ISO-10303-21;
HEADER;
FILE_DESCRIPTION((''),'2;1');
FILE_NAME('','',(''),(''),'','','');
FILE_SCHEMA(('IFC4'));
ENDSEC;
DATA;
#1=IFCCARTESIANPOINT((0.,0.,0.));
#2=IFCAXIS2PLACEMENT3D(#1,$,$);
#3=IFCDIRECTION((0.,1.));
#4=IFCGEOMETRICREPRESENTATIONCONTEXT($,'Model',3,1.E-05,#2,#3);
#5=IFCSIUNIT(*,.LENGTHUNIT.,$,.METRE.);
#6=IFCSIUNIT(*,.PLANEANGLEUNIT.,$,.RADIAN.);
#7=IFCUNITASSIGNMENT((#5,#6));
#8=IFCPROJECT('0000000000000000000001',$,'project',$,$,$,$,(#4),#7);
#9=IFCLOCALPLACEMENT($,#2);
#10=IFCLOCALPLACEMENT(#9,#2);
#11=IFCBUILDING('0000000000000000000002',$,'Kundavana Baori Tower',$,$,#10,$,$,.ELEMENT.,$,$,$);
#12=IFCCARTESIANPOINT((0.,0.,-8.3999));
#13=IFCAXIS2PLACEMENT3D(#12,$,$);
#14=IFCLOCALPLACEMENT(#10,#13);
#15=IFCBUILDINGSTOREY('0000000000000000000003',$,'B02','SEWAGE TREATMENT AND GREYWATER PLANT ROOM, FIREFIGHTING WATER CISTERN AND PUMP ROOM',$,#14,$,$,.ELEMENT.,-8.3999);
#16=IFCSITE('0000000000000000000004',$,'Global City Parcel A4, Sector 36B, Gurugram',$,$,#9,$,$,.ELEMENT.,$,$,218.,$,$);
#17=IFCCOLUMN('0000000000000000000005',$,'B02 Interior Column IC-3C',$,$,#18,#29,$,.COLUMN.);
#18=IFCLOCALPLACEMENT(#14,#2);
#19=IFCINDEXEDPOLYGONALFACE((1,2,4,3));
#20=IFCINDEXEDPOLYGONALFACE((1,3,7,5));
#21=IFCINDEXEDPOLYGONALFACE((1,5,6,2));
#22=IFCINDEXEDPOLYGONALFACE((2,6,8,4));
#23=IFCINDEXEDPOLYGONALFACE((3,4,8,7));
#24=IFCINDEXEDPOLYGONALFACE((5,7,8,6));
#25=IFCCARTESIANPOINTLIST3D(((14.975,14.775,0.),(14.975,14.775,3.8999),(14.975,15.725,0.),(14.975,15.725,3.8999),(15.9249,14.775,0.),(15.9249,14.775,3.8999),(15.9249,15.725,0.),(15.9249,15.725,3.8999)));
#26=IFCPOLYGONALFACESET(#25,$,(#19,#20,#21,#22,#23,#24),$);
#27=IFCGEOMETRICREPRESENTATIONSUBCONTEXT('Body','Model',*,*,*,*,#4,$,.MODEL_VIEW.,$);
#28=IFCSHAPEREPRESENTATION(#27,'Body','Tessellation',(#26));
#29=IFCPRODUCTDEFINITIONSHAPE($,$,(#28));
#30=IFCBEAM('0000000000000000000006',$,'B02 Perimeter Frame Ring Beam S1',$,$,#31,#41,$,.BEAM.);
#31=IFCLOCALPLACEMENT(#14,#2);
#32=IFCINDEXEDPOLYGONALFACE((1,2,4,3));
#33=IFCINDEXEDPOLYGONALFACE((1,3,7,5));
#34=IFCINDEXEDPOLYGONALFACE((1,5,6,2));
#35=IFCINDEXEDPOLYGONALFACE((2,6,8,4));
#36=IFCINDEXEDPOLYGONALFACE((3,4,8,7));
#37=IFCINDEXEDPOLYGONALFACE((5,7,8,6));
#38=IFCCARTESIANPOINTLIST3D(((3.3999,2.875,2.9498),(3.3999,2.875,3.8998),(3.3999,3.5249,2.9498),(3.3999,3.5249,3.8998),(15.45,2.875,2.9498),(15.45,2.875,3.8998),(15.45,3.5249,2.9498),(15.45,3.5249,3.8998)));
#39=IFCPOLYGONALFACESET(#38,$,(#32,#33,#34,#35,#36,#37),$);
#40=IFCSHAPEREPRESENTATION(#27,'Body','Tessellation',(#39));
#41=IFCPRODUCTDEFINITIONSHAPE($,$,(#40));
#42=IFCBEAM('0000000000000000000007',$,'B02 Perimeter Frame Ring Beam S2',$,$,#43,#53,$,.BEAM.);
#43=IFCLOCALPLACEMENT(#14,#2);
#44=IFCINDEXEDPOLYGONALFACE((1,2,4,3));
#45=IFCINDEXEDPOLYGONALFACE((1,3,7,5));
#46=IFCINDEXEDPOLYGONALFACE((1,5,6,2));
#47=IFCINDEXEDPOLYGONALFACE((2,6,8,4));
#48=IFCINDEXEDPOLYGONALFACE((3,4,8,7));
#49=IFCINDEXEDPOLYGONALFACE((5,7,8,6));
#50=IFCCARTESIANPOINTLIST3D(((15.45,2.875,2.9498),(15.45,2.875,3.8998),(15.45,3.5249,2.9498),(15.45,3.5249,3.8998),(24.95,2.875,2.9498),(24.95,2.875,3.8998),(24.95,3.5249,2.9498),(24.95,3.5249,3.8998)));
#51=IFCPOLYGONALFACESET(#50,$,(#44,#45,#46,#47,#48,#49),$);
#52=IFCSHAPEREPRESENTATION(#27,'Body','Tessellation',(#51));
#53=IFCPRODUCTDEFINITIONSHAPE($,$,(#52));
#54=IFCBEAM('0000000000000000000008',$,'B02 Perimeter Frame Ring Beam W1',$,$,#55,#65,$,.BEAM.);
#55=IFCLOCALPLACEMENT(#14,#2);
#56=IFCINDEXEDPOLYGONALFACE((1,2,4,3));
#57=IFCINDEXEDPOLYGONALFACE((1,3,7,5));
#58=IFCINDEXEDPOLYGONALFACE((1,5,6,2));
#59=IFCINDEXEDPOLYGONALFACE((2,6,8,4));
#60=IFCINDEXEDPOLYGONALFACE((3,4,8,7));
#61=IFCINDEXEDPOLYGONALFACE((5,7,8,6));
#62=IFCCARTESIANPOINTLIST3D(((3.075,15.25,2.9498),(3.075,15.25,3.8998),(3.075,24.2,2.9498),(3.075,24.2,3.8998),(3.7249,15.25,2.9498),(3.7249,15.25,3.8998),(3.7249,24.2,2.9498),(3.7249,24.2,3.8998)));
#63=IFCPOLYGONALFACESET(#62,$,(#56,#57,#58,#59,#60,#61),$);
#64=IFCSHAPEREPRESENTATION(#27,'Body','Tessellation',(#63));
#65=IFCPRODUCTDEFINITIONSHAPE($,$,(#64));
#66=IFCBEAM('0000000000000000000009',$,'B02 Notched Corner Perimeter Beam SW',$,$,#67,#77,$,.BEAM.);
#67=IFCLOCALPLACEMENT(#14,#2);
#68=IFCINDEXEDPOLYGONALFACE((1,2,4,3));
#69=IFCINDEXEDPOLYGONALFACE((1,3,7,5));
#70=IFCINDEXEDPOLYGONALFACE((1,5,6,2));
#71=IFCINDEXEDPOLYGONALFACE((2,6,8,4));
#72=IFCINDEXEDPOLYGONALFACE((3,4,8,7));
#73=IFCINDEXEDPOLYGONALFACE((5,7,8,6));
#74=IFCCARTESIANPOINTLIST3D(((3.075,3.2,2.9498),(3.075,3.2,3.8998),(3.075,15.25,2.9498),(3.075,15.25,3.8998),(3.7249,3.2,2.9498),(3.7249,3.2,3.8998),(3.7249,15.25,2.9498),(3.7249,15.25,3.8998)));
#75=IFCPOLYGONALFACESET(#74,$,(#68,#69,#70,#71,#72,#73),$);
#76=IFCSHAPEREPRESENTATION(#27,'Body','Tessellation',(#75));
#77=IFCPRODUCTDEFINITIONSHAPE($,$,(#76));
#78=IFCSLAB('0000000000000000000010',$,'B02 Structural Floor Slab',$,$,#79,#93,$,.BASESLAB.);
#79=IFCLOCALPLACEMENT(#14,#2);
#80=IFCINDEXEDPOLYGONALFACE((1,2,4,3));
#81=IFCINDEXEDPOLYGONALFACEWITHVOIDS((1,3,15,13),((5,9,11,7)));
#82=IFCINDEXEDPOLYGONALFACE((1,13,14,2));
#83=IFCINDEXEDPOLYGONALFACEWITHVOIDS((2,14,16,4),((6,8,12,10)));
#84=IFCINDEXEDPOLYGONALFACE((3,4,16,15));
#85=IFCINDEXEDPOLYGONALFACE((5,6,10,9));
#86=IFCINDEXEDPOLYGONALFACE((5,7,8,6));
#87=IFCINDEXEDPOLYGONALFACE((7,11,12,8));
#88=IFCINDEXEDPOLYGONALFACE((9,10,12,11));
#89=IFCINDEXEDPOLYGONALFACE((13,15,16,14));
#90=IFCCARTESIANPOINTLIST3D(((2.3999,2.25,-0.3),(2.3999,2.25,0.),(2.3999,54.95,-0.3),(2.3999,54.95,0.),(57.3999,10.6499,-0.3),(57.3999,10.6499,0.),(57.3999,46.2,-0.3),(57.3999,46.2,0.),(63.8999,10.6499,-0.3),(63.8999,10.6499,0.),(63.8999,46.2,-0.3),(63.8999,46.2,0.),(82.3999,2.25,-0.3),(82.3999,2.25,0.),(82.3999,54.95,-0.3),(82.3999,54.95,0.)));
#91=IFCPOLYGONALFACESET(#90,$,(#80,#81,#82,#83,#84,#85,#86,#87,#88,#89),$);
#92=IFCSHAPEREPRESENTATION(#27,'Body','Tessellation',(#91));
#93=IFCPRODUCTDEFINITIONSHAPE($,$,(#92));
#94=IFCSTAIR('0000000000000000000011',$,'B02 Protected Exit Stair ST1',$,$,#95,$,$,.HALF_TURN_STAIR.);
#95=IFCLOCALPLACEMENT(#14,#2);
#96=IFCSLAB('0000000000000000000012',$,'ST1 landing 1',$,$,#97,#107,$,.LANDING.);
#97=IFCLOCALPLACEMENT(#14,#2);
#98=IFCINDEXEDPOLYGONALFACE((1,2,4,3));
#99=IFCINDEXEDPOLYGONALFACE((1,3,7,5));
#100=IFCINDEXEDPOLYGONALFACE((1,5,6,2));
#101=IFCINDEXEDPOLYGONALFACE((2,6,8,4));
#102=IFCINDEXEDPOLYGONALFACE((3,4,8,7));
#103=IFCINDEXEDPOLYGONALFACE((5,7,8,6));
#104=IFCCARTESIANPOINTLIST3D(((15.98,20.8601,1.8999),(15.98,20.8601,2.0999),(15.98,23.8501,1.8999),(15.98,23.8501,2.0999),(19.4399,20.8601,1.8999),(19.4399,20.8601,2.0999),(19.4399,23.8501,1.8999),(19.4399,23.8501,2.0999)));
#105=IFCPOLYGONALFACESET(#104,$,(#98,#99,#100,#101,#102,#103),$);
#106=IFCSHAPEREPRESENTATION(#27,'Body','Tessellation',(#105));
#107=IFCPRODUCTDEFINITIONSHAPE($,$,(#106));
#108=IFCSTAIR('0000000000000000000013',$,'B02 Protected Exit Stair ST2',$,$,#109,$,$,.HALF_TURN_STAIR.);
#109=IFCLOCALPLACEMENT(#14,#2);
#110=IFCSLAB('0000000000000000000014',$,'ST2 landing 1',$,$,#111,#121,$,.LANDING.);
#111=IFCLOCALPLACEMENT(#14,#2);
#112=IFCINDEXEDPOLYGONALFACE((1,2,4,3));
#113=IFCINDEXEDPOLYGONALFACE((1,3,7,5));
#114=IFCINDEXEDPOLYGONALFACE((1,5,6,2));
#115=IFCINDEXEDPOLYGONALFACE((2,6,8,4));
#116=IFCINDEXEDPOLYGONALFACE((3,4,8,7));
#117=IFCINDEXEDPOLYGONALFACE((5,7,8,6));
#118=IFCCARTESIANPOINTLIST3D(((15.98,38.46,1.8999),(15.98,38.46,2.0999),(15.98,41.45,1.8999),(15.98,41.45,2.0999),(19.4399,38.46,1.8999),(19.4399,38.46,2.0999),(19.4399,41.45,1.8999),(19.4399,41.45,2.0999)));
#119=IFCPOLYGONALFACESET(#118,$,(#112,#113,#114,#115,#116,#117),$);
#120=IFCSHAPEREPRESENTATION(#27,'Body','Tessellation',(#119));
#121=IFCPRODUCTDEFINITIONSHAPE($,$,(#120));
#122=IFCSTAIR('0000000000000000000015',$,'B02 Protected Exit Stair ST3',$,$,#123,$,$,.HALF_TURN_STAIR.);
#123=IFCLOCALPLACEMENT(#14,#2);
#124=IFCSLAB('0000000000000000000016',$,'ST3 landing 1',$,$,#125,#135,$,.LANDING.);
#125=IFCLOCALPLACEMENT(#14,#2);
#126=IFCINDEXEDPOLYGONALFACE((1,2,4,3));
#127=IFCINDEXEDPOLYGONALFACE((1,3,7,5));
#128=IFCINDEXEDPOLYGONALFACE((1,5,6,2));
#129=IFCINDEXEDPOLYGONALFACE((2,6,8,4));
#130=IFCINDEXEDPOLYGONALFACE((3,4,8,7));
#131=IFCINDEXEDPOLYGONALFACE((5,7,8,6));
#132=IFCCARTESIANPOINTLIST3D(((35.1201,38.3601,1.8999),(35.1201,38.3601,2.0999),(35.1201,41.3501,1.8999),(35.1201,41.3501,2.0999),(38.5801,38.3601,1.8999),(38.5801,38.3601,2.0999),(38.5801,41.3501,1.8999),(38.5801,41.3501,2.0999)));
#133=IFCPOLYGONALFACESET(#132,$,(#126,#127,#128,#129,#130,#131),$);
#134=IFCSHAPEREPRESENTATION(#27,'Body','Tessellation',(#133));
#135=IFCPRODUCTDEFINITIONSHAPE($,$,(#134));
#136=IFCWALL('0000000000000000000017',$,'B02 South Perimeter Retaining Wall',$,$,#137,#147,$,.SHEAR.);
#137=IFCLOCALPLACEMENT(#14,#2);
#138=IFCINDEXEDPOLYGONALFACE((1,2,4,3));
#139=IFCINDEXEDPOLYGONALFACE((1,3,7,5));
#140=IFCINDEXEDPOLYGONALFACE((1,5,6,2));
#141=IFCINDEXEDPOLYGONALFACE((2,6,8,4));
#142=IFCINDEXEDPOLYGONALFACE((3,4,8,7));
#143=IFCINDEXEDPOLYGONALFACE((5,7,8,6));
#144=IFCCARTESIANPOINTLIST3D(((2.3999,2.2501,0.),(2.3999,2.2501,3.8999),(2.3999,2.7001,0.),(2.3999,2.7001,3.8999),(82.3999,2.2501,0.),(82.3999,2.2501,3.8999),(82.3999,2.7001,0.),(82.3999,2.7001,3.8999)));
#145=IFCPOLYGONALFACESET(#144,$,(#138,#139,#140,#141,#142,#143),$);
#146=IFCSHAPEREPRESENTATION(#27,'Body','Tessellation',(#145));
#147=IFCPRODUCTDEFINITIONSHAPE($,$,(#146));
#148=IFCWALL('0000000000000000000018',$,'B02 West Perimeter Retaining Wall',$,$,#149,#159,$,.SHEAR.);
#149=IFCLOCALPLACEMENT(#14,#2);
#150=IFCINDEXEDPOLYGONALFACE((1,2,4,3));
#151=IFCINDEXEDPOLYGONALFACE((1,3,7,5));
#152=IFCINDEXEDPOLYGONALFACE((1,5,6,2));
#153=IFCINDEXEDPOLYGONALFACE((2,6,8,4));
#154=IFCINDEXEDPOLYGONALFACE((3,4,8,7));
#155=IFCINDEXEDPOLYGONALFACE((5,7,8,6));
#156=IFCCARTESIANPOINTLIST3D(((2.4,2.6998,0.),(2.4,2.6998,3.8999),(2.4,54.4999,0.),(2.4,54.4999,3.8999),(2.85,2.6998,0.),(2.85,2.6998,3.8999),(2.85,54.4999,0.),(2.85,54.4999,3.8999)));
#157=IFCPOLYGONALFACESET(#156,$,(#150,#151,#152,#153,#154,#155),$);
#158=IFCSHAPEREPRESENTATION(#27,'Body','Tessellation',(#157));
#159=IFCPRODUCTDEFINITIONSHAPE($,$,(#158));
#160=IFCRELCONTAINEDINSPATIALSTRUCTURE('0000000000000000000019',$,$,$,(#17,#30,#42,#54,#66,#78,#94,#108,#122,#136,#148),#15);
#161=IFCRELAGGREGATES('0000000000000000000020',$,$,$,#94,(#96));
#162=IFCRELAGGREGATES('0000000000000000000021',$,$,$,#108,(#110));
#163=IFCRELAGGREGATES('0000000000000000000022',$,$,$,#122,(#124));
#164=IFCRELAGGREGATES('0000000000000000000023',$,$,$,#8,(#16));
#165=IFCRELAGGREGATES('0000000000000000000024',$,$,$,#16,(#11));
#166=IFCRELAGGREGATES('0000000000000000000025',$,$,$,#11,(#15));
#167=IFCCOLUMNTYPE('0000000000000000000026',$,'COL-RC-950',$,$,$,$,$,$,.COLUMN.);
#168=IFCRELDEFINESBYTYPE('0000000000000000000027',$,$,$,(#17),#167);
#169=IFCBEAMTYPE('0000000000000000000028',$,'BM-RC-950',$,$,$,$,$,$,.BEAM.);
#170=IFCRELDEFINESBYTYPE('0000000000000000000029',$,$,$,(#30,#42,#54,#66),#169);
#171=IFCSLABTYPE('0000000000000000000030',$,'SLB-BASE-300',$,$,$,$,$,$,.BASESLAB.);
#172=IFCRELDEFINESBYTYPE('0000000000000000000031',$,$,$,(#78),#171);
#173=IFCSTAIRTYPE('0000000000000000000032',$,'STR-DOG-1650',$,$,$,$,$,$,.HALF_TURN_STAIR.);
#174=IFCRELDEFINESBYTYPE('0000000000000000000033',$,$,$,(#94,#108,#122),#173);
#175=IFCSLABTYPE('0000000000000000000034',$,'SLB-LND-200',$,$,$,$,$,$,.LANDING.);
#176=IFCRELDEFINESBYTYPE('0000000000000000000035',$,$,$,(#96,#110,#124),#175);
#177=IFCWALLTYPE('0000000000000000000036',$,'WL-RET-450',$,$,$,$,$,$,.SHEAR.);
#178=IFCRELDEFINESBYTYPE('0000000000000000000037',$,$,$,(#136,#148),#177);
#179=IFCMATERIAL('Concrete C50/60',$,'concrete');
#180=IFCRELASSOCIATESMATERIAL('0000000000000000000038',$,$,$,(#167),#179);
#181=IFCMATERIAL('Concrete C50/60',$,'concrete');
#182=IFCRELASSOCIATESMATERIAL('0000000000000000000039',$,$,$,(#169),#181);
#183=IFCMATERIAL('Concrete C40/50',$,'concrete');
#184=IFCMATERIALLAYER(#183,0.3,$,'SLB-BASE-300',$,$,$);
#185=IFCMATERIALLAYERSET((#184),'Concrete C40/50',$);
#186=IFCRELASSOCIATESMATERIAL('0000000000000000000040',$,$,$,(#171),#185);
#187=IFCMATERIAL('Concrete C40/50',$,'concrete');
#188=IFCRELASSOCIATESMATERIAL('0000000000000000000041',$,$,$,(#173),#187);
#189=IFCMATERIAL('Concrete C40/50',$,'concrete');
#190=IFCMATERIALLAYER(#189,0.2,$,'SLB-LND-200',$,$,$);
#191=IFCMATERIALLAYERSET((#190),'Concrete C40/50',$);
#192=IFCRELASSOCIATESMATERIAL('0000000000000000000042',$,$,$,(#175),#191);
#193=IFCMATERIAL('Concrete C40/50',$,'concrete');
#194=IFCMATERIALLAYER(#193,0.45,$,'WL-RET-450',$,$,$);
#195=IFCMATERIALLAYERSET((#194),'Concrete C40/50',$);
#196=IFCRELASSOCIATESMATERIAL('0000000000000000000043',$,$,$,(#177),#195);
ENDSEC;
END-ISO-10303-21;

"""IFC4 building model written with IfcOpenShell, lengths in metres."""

from ifc_helpers import new_model, si_unit, direction, frame, frame_2d, origin, origin_2d, place, context, subcontext, project, spatial, polyline, rectangle, outline, extrude, material, layer, layer_set, material_profile, profile_set, type_object, element, aggregate, save


model = new_model("IFC4")

# Units and contexts
model_context = context("Model", 3, precision=1e-05, world=origin(), true_north=direction((0.0, 1.0)))
body_context = subcontext(model_context, "Body", "Model", "MODEL_VIEW")
ifc_project = project(units=[si_unit("LENGTHUNIT", "METRE"), si_unit("PLANEANGLEUNIT", "RADIAN")], contexts=[model_context])

# Site, building, storey
site_placement = place(None, origin())
site = spatial("IfcSite", under=ifc_project, at=site_placement, Name="Global City Parcel A4, Sector 36B, Gurugram", CompositionType="ELEMENT", RefElevation=218.0)
building_placement = place(site_placement, origin())
building = spatial("IfcBuilding", under=site, at=building_placement, Name="Kundavana Baori Tower", CompositionType="ELEMENT")
storey_placement = place(building_placement, frame((0.0, 0.0, -8.3999)))
storey = spatial("IfcBuildingStorey", under=building, at=storey_placement, Name="B02", Description="SEWAGE TREATMENT AND GREYWATER PLANT ROOM, FIREFIGHTING WATER CISTERN AND PUMP ROOM", CompositionType="ELEMENT", Elevation=-8.3999)

# Column
ifc_material_1 = material(Name="Concrete C50/60", Category="concrete")
ifc_material_profile_1 = material_profile(ifc_material_1, rectangle(XDim=0.95, YDim=0.95, at=origin_2d()), Name="RC 950x950")
ifc_profile_set_1 = profile_set([ifc_material_profile_1], Name="Concrete C50/60")
column_type_1 = type_object("IfcColumnType", Name="COL-RC-950", PredefinedType="COLUMN", material=ifc_profile_set_1)
column_placement = place(storey_placement, frame((15.45, 15.25, 0.0), z_axis=(0.0, 0.0, 1.0), x_axis=(1.0, 0.0, 0.0)))
element("IfcColumn", 1, at=column_placement, inside=storey, type_object=column_type_1, Name="B02 Interior Column IC-3C", PredefinedType="COLUMN", context=body_context, shape_type="SweptSolid", body=[
    extrude(rectangle(XDim=0.95, YDim=0.95, at=origin_2d()), origin(), (0.0, 0.0, 1.0), 3.8999),
])

# Beams
ifc_material_2 = material(Name="Concrete C50/60", Category="concrete")
ifc_material_profile_2 = material_profile(ifc_material_2, rectangle(XDim=0.6499, YDim=0.95, at=origin_2d()), Name="RC BM 650x950")
ifc_profile_set_2 = profile_set([ifc_material_profile_2], Name="Concrete C50/60")
beam_type = type_object("IfcBeamType", Name="BM-RC-950", PredefinedType="BEAM", material=ifc_profile_set_2)
beam_1_placement = place(storey_placement, frame((3.3999, 3.2, 3.4248), z_axis=(1.0, 0.0, 0.0), x_axis=(0.0, 1.0, 0.0)))
element("IfcBeam", 2, at=beam_1_placement, inside=storey, type_object=beam_type, Name="B02 Perimeter Frame Ring Beam S1", PredefinedType="BEAM", context=body_context, shape_type="SweptSolid", body=[
    extrude(rectangle(XDim=0.6499, YDim=0.95, at=origin_2d()), origin(), (0.0, 0.0, 1.0), 12.05),
])
beam_2_placement = place(storey_placement, frame((15.45, 3.2, 3.4248), z_axis=(1.0, 0.0, 0.0), x_axis=(0.0, 1.0, 0.0)))
element("IfcBeam", 3, at=beam_2_placement, inside=storey, type_object=beam_type, Name="B02 Perimeter Frame Ring Beam S2", PredefinedType="BEAM", context=body_context, shape_type="SweptSolid", body=[
    extrude(rectangle(XDim=0.6499, YDim=0.95, at=origin_2d()), origin(), (0.0, 0.0, 1.0), 9.5),
])
beam_3_placement = place(storey_placement, frame((3.3999, 15.25, 3.4248), z_axis=(0.0, 1.0, 0.0), x_axis=(-1.0, 0.0, 0.0)))
element("IfcBeam", 4, at=beam_3_placement, inside=storey, type_object=beam_type, Name="B02 Perimeter Frame Ring Beam W1", PredefinedType="BEAM", context=body_context, shape_type="SweptSolid", body=[
    extrude(rectangle(XDim=0.6499, YDim=0.95, at=origin_2d()), origin(), (0.0, 0.0, 1.0), 8.95),
])
beam_4_placement = place(storey_placement, frame((3.3999, 3.2, 3.4248), z_axis=(0.0, 1.0, 0.0), x_axis=(-1.0, 0.0, 0.0)))
element("IfcBeam", 5, at=beam_4_placement, inside=storey, type_object=beam_type, Name="B02 Notched Corner Perimeter Beam SW", PredefinedType="BEAM", context=body_context, shape_type="SweptSolid", body=[
    extrude(rectangle(XDim=0.6499, YDim=0.95, at=origin_2d()), origin(), (0.0, 0.0, 1.0), 12.05),
])

# Slab
ifc_material_3 = material(Name="Concrete C40/50", Category="concrete")
ifc_layer_1 = layer(ifc_material_3, 0.3, Name="SLB-BASE-300")
ifc_layer_set_1 = layer_set([ifc_layer_1], Name="Concrete C40/50")
slab_type_1 = type_object("IfcSlabType", Name="SLB-BASE-300", PredefinedType="BASESLAB", material=ifc_layer_set_1)
slab_1_placement = place(storey_placement, frame((0.0, 0.0, -0.3)))
element("IfcSlab", 6, at=slab_1_placement, inside=storey, type_object=slab_type_1, Name="B02 Structural Floor Slab", PredefinedType="BASESLAB", context=body_context, shape_type="SweptSolid", body=[
    extrude(outline(polyline([(2.3999, 2.25), (82.3999, 2.25), (82.3999, 54.95), (2.3999, 54.95), (2.3999, 2.25)]), holes=[polyline([(57.3999, 10.6499), (63.8999, 10.6499), (63.8999, 46.2), (57.3999, 46.2), (57.3999, 10.6499)])]), origin(), (0.0, 0.0, 1.0), 0.3),
])

# Stairs, slabs
ifc_material_4 = material(Name="Concrete C40/50", Category="concrete")
stair_type = type_object("IfcStairType", Name="STR-DOG-1650", PredefinedType="HALF_TURN_STAIR", material=ifc_material_4)
stair_1_placement = place(storey_placement, origin())
stair_1 = element("IfcStair", 7, at=stair_1_placement, inside=storey, type_object=stair_type, Name="B02 Protected Exit Stair ST1", PredefinedType="HALF_TURN_STAIR")
ifc_material_5 = material(Name="Concrete C40/50", Category="concrete")
ifc_layer_2 = layer(ifc_material_5, 0.2, Name="SLB-LND-200")
ifc_layer_set_2 = layer_set([ifc_layer_2], Name="Concrete C40/50")
slab_type_2 = type_object("IfcSlabType", Name="SLB-LND-200", PredefinedType="LANDING", material=ifc_layer_set_2)
slab_2_placement = place(storey_placement, frame((0.0, 0.0, 1.8999)))
slab_2 = element("IfcSlab", 8, at=slab_2_placement, type_object=slab_type_2, Name="ST1 landing 1", PredefinedType="LANDING", context=body_context, shape_type="SweptSolid", body=[
    extrude(outline(polyline([(19.4399, 20.8601), (19.4399, 23.8501), (15.98, 23.8501), (15.98, 20.8601), (19.4399, 20.8601)])), origin(), (0.0, 0.0, 1.0), 0.2),
])
aggregate(stair_1, [slab_2])
stair_2_placement = place(storey_placement, origin())
stair_2 = element("IfcStair", 9, at=stair_2_placement, inside=storey, type_object=stair_type, Name="B02 Protected Exit Stair ST2", PredefinedType="HALF_TURN_STAIR")
slab_3_placement = place(storey_placement, frame((0.0, 0.0, 1.8999)))
slab_3 = element("IfcSlab", 10, at=slab_3_placement, type_object=slab_type_2, Name="ST2 landing 1", PredefinedType="LANDING", context=body_context, shape_type="SweptSolid", body=[
    extrude(outline(polyline([(19.4399, 38.46), (19.4399, 41.45), (15.98, 41.45), (15.98, 38.46), (19.4399, 38.46)])), origin(), (0.0, 0.0, 1.0), 0.2),
])
aggregate(stair_2, [slab_3])
stair_3_placement = place(storey_placement, origin())
stair_3 = element("IfcStair", 11, at=stair_3_placement, inside=storey, type_object=stair_type, Name="B02 Protected Exit Stair ST3", PredefinedType="HALF_TURN_STAIR")
slab_4_placement = place(storey_placement, frame((0.0, 0.0, 1.8999)))
slab_4 = element("IfcSlab", 12, at=slab_4_placement, type_object=slab_type_2, Name="ST3 landing 1", PredefinedType="LANDING", context=body_context, shape_type="SweptSolid", body=[
    extrude(outline(polyline([(38.5801, 38.3601), (38.5801, 41.3501), (35.1201, 41.3501), (35.1201, 38.3601), (38.5801, 38.3601)])), origin(), (0.0, 0.0, 1.0), 0.2),
])
aggregate(stair_3, [slab_4])

# Walls
ifc_material_6 = material(Name="Concrete C40/50", Category="concrete")
ifc_layer_3 = layer(ifc_material_6, 0.45, Name="WL-RET-450")
ifc_layer_set_3 = layer_set([ifc_layer_3], Name="Concrete C40/50")
wall_type = type_object("IfcWallType", Name="WL-RET-450", PredefinedType="SHEAR", material=ifc_layer_set_3)
wall_1_placement = place(storey_placement, frame((2.3999, 2.4751, 0.0), z_axis=(0.0, 0.0, 1.0), x_axis=(1.0, 0.0, 0.0)))
element("IfcWall", 13, at=wall_1_placement, inside=storey, type_object=wall_type, Name="B02 South Perimeter Retaining Wall", PredefinedType="SHEAR", context=body_context, shape_type="SweptSolid", body=[
    extrude(rectangle(XDim=80.0, YDim=0.45, at=frame_2d((40.0, 0.0))), origin(), (0.0, 0.0, 1.0), 3.8999),
])
wall_2_placement = place(storey_placement, frame((2.625, 2.7, 0.0), z_axis=(0.0, 0.0, 1.0), x_axis=(0.0, 1.0, 0.0)))
element("IfcWall", 14, at=wall_2_placement, inside=storey, type_object=wall_type, Name="B02 West Perimeter Retaining Wall", PredefinedType="SHEAR", context=body_context, shape_type="SweptSolid", body=[
    extrude(rectangle(XDim=51.8, YDim=0.45, at=frame_2d((25.8999, 0.0))), origin(), (0.0, 0.0, 1.0), 3.8999),
])

save(model, "model.ifc")
